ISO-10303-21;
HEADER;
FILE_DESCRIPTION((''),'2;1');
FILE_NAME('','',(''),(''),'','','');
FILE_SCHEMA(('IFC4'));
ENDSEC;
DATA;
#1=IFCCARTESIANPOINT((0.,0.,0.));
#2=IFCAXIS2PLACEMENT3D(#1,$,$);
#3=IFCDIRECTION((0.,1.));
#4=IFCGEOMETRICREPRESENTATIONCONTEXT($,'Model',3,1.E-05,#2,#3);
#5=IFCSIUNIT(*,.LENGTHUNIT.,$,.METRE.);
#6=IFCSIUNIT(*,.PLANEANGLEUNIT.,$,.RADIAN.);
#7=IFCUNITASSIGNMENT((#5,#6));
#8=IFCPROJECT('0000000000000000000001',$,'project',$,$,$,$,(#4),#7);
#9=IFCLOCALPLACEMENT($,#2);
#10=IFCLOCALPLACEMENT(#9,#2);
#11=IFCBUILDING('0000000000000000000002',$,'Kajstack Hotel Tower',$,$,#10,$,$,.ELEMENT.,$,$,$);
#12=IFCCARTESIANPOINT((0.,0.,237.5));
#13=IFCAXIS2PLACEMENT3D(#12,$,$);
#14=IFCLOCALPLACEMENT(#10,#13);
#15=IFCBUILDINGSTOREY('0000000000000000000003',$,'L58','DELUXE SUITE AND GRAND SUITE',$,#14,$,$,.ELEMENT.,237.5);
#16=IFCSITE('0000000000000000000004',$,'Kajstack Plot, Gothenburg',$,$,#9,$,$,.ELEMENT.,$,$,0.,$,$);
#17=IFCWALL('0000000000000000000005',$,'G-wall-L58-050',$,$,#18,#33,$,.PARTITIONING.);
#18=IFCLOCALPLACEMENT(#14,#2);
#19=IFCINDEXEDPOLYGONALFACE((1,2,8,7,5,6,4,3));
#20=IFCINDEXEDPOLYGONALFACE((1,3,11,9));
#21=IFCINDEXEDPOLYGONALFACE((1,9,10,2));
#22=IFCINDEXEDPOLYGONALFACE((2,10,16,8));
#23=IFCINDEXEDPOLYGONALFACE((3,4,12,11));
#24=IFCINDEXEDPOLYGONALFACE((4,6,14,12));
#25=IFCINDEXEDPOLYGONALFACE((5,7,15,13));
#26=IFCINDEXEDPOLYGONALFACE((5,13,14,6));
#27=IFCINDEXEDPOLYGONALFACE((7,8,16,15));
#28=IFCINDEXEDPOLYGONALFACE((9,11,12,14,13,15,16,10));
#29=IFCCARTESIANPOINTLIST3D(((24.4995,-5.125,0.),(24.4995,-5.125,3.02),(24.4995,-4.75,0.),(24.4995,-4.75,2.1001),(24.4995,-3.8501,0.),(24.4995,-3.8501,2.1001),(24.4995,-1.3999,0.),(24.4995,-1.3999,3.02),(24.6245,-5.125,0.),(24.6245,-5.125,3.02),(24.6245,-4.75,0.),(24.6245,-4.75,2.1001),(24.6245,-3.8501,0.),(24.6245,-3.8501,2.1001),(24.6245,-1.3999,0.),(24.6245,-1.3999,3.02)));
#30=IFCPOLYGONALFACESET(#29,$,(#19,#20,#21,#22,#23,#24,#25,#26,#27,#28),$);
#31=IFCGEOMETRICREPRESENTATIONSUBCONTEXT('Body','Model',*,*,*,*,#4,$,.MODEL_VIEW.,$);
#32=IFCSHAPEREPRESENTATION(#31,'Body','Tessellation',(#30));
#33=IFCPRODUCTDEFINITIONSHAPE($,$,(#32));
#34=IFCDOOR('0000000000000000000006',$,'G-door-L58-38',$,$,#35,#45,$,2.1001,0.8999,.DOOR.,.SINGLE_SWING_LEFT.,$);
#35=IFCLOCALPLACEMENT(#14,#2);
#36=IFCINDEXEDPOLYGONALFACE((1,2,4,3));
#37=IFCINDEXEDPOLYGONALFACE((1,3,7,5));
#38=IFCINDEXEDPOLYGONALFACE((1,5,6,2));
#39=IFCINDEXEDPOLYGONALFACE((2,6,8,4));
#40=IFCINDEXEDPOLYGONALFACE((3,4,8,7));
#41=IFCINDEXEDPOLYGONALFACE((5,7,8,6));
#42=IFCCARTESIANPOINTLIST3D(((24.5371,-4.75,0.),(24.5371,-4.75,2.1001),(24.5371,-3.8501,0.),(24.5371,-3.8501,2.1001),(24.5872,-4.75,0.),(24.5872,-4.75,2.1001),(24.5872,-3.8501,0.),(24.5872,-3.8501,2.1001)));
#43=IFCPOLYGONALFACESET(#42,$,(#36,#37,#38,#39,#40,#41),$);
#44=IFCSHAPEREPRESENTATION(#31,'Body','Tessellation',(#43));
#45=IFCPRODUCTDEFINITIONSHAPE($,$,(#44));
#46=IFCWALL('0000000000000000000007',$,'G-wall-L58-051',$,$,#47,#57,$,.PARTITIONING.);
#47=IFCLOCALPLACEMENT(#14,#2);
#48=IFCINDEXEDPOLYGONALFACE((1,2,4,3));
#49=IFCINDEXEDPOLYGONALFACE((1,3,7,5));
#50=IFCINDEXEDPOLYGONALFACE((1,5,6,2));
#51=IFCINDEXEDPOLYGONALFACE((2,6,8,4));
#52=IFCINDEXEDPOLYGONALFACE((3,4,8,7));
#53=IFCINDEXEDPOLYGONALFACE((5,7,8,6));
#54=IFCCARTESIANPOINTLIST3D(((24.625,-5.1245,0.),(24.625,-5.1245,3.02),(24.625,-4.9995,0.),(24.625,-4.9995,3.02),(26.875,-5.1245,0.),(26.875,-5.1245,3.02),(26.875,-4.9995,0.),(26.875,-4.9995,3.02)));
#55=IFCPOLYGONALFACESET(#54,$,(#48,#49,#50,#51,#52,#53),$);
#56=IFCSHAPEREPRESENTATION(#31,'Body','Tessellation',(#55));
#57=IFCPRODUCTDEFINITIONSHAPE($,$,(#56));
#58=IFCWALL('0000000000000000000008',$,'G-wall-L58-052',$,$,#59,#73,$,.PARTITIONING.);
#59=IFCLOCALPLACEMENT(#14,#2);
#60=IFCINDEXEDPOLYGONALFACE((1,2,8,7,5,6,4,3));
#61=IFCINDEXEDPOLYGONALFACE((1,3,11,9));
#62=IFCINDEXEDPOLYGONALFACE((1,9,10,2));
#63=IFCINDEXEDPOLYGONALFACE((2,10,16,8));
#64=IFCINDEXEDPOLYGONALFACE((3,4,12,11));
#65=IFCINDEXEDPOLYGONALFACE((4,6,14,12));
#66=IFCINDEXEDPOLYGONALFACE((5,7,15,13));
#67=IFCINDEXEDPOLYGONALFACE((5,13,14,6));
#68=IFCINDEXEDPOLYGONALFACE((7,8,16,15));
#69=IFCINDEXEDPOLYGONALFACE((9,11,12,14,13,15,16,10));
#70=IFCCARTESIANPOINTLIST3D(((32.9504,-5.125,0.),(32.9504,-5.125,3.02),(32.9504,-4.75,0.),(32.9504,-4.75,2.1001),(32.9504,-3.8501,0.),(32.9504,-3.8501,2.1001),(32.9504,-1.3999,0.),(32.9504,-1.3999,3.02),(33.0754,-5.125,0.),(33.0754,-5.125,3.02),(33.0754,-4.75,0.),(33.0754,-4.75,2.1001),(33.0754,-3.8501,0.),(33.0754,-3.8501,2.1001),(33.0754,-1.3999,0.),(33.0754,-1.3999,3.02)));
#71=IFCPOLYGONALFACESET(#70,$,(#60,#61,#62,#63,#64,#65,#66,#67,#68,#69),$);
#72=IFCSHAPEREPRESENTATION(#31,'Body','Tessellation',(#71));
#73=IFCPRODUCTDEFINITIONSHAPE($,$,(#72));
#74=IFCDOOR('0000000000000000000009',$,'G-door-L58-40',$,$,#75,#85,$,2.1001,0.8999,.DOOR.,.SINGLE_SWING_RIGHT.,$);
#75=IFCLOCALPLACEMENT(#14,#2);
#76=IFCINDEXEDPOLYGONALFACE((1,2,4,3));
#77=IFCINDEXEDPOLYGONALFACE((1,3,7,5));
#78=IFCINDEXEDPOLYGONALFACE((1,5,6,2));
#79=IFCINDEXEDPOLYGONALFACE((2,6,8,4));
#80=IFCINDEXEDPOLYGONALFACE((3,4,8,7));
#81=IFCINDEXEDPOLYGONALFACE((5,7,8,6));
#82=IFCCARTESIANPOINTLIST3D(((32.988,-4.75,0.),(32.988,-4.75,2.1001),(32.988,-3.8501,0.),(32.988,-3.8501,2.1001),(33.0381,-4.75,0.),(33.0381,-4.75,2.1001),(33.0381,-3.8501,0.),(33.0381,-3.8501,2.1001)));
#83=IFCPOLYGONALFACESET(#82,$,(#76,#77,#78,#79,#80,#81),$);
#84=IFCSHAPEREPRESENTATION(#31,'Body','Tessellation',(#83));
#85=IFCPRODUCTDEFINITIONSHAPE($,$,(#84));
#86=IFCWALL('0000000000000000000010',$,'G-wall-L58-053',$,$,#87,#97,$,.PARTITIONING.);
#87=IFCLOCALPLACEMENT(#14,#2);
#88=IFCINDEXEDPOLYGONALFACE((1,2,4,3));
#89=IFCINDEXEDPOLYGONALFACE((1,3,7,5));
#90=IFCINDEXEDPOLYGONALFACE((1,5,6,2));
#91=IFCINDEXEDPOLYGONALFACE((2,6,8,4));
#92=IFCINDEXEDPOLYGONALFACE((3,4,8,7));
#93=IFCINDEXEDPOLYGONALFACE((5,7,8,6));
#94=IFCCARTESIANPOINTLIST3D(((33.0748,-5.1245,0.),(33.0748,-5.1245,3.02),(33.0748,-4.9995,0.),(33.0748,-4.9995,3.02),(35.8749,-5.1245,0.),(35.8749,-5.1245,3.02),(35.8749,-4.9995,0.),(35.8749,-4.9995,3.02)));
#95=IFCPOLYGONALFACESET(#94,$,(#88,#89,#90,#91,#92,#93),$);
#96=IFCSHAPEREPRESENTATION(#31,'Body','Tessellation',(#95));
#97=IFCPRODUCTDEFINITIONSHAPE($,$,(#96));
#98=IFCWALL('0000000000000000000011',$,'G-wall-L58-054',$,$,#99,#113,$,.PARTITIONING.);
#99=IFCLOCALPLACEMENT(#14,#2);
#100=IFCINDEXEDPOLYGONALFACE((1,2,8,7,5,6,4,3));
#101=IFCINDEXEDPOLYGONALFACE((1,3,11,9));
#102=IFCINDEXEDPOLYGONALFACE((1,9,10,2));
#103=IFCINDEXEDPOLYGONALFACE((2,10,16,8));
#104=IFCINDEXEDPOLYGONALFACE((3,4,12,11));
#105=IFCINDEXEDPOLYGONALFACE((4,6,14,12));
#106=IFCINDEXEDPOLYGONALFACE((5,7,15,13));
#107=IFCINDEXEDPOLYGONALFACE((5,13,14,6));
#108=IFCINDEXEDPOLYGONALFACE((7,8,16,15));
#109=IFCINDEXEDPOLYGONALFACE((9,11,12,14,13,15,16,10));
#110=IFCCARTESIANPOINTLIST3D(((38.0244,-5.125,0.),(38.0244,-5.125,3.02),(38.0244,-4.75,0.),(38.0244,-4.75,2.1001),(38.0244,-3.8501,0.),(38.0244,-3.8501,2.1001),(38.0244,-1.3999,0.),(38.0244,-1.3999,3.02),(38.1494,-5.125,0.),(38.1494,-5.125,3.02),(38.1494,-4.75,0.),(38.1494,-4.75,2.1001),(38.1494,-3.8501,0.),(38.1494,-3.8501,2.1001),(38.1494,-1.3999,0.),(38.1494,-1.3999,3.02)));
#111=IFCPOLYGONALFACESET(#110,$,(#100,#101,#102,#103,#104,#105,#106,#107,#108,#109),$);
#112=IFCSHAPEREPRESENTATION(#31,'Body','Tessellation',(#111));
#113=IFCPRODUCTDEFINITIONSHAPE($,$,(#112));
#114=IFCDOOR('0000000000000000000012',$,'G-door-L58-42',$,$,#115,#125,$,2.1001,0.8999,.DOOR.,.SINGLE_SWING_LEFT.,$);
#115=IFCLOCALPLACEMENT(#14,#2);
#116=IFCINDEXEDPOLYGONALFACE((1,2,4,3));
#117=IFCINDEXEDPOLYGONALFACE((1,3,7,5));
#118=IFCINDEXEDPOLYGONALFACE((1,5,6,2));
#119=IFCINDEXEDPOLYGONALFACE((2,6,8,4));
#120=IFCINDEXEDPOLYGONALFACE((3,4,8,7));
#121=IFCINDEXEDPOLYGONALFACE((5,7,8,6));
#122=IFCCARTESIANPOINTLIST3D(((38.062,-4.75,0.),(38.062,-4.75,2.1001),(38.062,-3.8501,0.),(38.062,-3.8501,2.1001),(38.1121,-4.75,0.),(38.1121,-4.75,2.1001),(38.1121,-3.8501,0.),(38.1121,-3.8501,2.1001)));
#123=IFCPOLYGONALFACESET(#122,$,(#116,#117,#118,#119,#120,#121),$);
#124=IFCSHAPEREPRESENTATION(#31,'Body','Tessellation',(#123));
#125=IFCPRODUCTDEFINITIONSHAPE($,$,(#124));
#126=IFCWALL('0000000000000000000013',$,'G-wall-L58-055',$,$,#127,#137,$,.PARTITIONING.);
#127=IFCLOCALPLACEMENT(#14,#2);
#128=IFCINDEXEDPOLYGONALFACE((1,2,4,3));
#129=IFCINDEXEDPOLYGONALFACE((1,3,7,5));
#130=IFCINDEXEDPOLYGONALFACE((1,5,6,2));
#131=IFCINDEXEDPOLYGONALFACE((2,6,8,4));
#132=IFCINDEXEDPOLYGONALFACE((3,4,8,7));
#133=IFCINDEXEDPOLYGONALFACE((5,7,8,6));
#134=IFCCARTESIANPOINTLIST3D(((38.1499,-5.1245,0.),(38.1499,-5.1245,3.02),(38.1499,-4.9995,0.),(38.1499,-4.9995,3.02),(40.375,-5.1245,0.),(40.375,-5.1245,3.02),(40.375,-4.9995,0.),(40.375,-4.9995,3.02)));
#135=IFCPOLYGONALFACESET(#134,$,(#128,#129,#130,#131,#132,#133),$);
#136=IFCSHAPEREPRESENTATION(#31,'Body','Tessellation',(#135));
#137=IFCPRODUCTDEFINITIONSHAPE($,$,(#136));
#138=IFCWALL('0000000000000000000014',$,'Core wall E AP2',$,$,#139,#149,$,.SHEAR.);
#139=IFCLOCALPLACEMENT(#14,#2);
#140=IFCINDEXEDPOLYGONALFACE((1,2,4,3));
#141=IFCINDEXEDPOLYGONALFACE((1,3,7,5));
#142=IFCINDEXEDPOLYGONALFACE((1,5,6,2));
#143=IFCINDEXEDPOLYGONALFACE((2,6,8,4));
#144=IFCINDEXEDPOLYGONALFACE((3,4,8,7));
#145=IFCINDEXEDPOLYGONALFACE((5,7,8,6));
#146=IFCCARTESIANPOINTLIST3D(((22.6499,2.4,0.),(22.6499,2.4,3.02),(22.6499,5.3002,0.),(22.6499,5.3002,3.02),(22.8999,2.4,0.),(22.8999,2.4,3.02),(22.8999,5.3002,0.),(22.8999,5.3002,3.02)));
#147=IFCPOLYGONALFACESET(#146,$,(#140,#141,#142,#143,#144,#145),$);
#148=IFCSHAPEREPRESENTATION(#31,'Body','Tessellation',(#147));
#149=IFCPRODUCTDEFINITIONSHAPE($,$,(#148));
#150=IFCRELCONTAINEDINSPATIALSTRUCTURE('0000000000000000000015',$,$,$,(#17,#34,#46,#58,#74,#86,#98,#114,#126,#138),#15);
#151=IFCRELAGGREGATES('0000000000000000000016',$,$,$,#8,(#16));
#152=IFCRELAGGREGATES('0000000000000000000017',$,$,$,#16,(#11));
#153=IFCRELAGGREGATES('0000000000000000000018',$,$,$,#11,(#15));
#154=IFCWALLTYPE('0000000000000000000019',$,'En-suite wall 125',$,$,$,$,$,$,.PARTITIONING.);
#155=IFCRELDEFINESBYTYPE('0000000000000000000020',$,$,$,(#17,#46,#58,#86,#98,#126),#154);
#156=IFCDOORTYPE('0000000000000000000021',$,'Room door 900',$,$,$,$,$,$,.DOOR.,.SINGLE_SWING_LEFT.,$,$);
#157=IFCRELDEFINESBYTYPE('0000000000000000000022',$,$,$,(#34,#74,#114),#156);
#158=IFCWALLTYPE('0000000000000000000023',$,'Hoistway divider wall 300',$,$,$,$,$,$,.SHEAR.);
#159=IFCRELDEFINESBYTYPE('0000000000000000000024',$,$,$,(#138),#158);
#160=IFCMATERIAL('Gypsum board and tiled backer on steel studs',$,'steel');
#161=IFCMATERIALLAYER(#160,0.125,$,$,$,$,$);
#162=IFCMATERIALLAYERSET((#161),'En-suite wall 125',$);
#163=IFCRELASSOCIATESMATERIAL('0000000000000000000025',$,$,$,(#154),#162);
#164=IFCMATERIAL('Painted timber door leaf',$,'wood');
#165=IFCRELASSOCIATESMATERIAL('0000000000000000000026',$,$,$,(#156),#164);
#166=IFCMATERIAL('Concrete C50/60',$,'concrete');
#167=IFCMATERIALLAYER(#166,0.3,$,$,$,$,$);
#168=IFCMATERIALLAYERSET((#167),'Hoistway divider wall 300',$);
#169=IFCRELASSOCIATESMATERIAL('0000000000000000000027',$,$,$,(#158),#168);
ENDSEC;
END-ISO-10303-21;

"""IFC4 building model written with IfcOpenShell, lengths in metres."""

from ifc_helpers import new_model, si_unit, direction, frame, frame_2d, origin, place, context, subcontext, project, spatial, rectangle, extrude, material, layer, layer_set, type_object, element, fill, save


model = new_model("IFC4")

# Units and contexts
model_context = context("Model", 3, precision=1e-05, world=origin(), true_north=direction((0.0, 1.0)))
body_context = subcontext(model_context, "Body", "Model", "MODEL_VIEW")
ifc_project = project(units=[si_unit("LENGTHUNIT", "METRE"), si_unit("PLANEANGLEUNIT", "RADIAN")], contexts=[model_context])

# Site, building, storey
site_placement = place(None, origin())
site = spatial("IfcSite", under=ifc_project, at=site_placement, Name="Kajstack Plot, Gothenburg", CompositionType="ELEMENT", RefElevation=0.0)
building_placement = place(site_placement, origin())
building = spatial("IfcBuilding", under=site, at=building_placement, Name="Kajstack Hotel Tower", CompositionType="ELEMENT")
storey_placement = place(building_placement, frame((0.0, 0.0, 237.5)))
storey = spatial("IfcBuildingStorey", under=building, at=storey_placement, Name="L58", Description="DELUXE SUITE AND GRAND SUITE", CompositionType="ELEMENT", Elevation=237.5)

# Wall, opening, door
ifc_material_1 = material(Name="Gypsum board and tiled backer on steel studs", Category="steel")
ifc_layer_1 = layer(ifc_material_1, 0.125)
ifc_layer_set_1 = layer_set([ifc_layer_1], Name="En-suite wall 125")
wall_type_1 = type_object("IfcWallType", Name="En-suite wall 125", PredefinedType="PARTITIONING", material=ifc_layer_set_1)
wall_1_placement = place(storey_placement, frame((24.562, -5.125, 0.0), z_axis=(0.0, 0.0, 1.0), x_axis=(0.0, 1.0, 0.0)))
wall_1 = element("IfcWall", 1, at=wall_1_placement, inside=storey, type_object=wall_type_1, Name="G-wall-L58-050", PredefinedType="PARTITIONING", context=body_context, shape_type="SweptSolid", body=[
    extrude(rectangle(XDim=3.7251, YDim=0.125, at=frame_2d((1.8625, 0.0))), origin(), (0.0, 0.0, 1.0), 3.02),
])
opening_1_placement = place(wall_1_placement, frame((0.375, 0.0, 0.0)))
opening_1 = element("IfcOpeningElement", 2, at=opening_1_placement, cuts=wall_1, PredefinedType="OPENING", context=body_context, shape_type="SweptSolid", body=[
    extrude(rectangle(XDim=0.8999, YDim=2.1001, at=frame_2d((0.45, 1.05))), frame((0.0, 0.0725, 0.0), z_axis=(0.0, -1.0, 0.0), x_axis=(1.0, 0.0, 0.0)), (0.0, 0.0, 1.0), 0.145),
])
ifc_material_2 = material(Name="Painted timber door leaf", Category="wood")
door_type_1 = type_object("IfcDoorType", Name="Room door 900", OperationType="SINGLE_SWING_LEFT", PredefinedType="DOOR", material=ifc_material_2)
door_1_placement = place(opening_1_placement, origin())
door_1 = element("IfcDoor", 3, at=door_1_placement, inside=storey, type_object=door_type_1, Name="G-door-L58-38", OperationType="SINGLE_SWING_LEFT", OverallHeight=2.1001, OverallWidth=0.8999, PredefinedType="DOOR", context=body_context, shape_type="SweptSolid", body=[
    extrude(rectangle(XDim=0.8999, YDim=2.1001, at=frame_2d((0.45, 1.05))), frame((0.0, 0.0249, 0.0), z_axis=(0.0, -1.0, 0.0), x_axis=(1.0, 0.0, 0.0)), (0.0, 0.0, 1.0), 0.05),
])
fill(opening_1, door_1)

# Wall
wall_2_placement = place(storey_placement, frame((24.625, -5.062, 0.0), z_axis=(0.0, 0.0, 1.0), x_axis=(1.0, 0.0, 0.0)))
element("IfcWall", 4, at=wall_2_placement, inside=storey, type_object=wall_type_1, Name="G-wall-L58-051", PredefinedType="PARTITIONING", context=body_context, shape_type="SweptSolid", body=[
    extrude(rectangle(XDim=2.25, YDim=0.125, at=frame_2d((1.125, 0.0))), origin(), (0.0, 0.0, 1.0), 3.02),
])

# Wall, opening, door
wall_3_placement = place(storey_placement, frame((33.0129, -5.125, 0.0), z_axis=(0.0, 0.0, 1.0), x_axis=(0.0, 1.0, 0.0)))
wall_3 = element("IfcWall", 5, at=wall_3_placement, inside=storey, type_object=wall_type_1, Name="G-wall-L58-052", PredefinedType="PARTITIONING", context=body_context, shape_type="SweptSolid", body=[
    extrude(rectangle(XDim=3.7251, YDim=0.125, at=frame_2d((1.8625, 0.0))), origin(), (0.0, 0.0, 1.0), 3.02),
])
opening_2_placement = place(wall_3_placement, frame((0.375, 0.0, 0.0)))
opening_2 = element("IfcOpeningElement", 6, at=opening_2_placement, cuts=wall_3, PredefinedType="OPENING", context=body_context, shape_type="SweptSolid", body=[
    extrude(rectangle(XDim=0.8999, YDim=2.1001, at=frame_2d((0.45, 1.05))), frame((0.0, 0.0725, 0.0), z_axis=(0.0, -1.0, 0.0), x_axis=(1.0, 0.0, 0.0)), (0.0, 0.0, 1.0), 0.145),
])
door_2_placement = place(opening_2_placement, origin())
door_2 = element("IfcDoor", 7, at=door_2_placement, inside=storey, type_object=door_type_1, Name="G-door-L58-40", OperationType="SINGLE_SWING_RIGHT", OverallHeight=2.1001, OverallWidth=0.8999, PredefinedType="DOOR", context=body_context, shape_type="SweptSolid", body=[
    extrude(rectangle(XDim=0.8999, YDim=2.1001, at=frame_2d((0.45, 1.05))), frame((0.0, 0.0249, 0.0), z_axis=(0.0, -1.0, 0.0), x_axis=(1.0, 0.0, 0.0)), (0.0, 0.0, 1.0), 0.05),
])
fill(opening_2, door_2)

# Wall
wall_4_placement = place(storey_placement, frame((33.075, -5.062, 0.0), z_axis=(0.0, 0.0, 1.0), x_axis=(1.0, 0.0, 0.0)))
element("IfcWall", 8, at=wall_4_placement, inside=storey, type_object=wall_type_1, Name="G-wall-L58-053", PredefinedType="PARTITIONING", context=body_context, shape_type="SweptSolid", body=[
    extrude(rectangle(XDim=2.8, YDim=0.125, at=frame_2d((1.3999, 0.0))), origin(), (0.0, 0.0, 1.0), 3.02),
])

# Wall, opening, door
wall_5_placement = place(storey_placement, frame((38.0869, -5.125, 0.0), z_axis=(0.0, 0.0, 1.0), x_axis=(0.0, 1.0, 0.0)))
wall_5 = element("IfcWall", 9, at=wall_5_placement, inside=storey, type_object=wall_type_1, Name="G-wall-L58-054", PredefinedType="PARTITIONING", context=body_context, shape_type="SweptSolid", body=[
    extrude(rectangle(XDim=3.7251, YDim=0.125, at=frame_2d((1.8625, 0.0))), origin(), (0.0, 0.0, 1.0), 3.02),
])
opening_3_placement = place(wall_5_placement, frame((0.375, 0.0, 0.0)))
opening_3 = element("IfcOpeningElement", 10, at=opening_3_placement, cuts=wall_5, PredefinedType="OPENING", context=body_context, shape_type="SweptSolid", body=[
    extrude(rectangle(XDim=0.8999, YDim=2.1001, at=frame_2d((0.45, 1.05))), frame((0.0, 0.0725, 0.0), z_axis=(0.0, -1.0, 0.0), x_axis=(1.0, 0.0, 0.0)), (0.0, 0.0, 1.0), 0.145),
])
door_3_placement = place(opening_3_placement, origin())
door_3 = element("IfcDoor", 11, at=door_3_placement, inside=storey, type_object=door_type_1, Name="G-door-L58-42", OperationType="SINGLE_SWING_LEFT", OverallHeight=2.1001, OverallWidth=0.8999, PredefinedType="DOOR", context=body_context, shape_type="SweptSolid", body=[
    extrude(rectangle(XDim=0.8999, YDim=2.1001, at=frame_2d((0.45, 1.05))), frame((0.0, 0.0249, 0.0), z_axis=(0.0, -1.0, 0.0), x_axis=(1.0, 0.0, 0.0)), (0.0, 0.0, 1.0), 0.05),
])
fill(opening_3, door_3)

# Walls
wall_6_placement = place(storey_placement, frame((38.1499, -5.062, 0.0), z_axis=(0.0, 0.0, 1.0), x_axis=(1.0, 0.0, 0.0)))
element("IfcWall", 12, at=wall_6_placement, inside=storey, type_object=wall_type_1, Name="G-wall-L58-055", PredefinedType="PARTITIONING", context=body_context, shape_type="SweptSolid", body=[
    extrude(rectangle(XDim=2.2251, YDim=0.125, at=frame_2d((1.1125, 0.0))), origin(), (0.0, 0.0, 1.0), 3.02),
])
ifc_material_3 = material(Name="Concrete C50/60", Category="concrete")
ifc_layer_2 = layer(ifc_material_3, 0.3)
ifc_layer_set_2 = layer_set([ifc_layer_2], Name="Hoistway divider wall 300")
wall_type_2 = type_object("IfcWallType", Name="Hoistway divider wall 300", PredefinedType="SHEAR", material=ifc_layer_set_2)
wall_7_placement = place(storey_placement, frame((22.7749, 2.3999, 0.0), z_axis=(0.0, 0.0, 1.0), x_axis=(0.0, 1.0, 0.0)))
element("IfcWall", 13, at=wall_7_placement, inside=storey, type_object=wall_type_2, Name="Core wall E AP2", PredefinedType="SHEAR", context=body_context, shape_type="SweptSolid", body=[
    extrude(rectangle(XDim=2.9001, YDim=0.25, at=frame_2d((1.4502, 0.0))), origin(), (0.0, 0.0, 1.0), 3.02),
])

save(model, "model.ifc")
